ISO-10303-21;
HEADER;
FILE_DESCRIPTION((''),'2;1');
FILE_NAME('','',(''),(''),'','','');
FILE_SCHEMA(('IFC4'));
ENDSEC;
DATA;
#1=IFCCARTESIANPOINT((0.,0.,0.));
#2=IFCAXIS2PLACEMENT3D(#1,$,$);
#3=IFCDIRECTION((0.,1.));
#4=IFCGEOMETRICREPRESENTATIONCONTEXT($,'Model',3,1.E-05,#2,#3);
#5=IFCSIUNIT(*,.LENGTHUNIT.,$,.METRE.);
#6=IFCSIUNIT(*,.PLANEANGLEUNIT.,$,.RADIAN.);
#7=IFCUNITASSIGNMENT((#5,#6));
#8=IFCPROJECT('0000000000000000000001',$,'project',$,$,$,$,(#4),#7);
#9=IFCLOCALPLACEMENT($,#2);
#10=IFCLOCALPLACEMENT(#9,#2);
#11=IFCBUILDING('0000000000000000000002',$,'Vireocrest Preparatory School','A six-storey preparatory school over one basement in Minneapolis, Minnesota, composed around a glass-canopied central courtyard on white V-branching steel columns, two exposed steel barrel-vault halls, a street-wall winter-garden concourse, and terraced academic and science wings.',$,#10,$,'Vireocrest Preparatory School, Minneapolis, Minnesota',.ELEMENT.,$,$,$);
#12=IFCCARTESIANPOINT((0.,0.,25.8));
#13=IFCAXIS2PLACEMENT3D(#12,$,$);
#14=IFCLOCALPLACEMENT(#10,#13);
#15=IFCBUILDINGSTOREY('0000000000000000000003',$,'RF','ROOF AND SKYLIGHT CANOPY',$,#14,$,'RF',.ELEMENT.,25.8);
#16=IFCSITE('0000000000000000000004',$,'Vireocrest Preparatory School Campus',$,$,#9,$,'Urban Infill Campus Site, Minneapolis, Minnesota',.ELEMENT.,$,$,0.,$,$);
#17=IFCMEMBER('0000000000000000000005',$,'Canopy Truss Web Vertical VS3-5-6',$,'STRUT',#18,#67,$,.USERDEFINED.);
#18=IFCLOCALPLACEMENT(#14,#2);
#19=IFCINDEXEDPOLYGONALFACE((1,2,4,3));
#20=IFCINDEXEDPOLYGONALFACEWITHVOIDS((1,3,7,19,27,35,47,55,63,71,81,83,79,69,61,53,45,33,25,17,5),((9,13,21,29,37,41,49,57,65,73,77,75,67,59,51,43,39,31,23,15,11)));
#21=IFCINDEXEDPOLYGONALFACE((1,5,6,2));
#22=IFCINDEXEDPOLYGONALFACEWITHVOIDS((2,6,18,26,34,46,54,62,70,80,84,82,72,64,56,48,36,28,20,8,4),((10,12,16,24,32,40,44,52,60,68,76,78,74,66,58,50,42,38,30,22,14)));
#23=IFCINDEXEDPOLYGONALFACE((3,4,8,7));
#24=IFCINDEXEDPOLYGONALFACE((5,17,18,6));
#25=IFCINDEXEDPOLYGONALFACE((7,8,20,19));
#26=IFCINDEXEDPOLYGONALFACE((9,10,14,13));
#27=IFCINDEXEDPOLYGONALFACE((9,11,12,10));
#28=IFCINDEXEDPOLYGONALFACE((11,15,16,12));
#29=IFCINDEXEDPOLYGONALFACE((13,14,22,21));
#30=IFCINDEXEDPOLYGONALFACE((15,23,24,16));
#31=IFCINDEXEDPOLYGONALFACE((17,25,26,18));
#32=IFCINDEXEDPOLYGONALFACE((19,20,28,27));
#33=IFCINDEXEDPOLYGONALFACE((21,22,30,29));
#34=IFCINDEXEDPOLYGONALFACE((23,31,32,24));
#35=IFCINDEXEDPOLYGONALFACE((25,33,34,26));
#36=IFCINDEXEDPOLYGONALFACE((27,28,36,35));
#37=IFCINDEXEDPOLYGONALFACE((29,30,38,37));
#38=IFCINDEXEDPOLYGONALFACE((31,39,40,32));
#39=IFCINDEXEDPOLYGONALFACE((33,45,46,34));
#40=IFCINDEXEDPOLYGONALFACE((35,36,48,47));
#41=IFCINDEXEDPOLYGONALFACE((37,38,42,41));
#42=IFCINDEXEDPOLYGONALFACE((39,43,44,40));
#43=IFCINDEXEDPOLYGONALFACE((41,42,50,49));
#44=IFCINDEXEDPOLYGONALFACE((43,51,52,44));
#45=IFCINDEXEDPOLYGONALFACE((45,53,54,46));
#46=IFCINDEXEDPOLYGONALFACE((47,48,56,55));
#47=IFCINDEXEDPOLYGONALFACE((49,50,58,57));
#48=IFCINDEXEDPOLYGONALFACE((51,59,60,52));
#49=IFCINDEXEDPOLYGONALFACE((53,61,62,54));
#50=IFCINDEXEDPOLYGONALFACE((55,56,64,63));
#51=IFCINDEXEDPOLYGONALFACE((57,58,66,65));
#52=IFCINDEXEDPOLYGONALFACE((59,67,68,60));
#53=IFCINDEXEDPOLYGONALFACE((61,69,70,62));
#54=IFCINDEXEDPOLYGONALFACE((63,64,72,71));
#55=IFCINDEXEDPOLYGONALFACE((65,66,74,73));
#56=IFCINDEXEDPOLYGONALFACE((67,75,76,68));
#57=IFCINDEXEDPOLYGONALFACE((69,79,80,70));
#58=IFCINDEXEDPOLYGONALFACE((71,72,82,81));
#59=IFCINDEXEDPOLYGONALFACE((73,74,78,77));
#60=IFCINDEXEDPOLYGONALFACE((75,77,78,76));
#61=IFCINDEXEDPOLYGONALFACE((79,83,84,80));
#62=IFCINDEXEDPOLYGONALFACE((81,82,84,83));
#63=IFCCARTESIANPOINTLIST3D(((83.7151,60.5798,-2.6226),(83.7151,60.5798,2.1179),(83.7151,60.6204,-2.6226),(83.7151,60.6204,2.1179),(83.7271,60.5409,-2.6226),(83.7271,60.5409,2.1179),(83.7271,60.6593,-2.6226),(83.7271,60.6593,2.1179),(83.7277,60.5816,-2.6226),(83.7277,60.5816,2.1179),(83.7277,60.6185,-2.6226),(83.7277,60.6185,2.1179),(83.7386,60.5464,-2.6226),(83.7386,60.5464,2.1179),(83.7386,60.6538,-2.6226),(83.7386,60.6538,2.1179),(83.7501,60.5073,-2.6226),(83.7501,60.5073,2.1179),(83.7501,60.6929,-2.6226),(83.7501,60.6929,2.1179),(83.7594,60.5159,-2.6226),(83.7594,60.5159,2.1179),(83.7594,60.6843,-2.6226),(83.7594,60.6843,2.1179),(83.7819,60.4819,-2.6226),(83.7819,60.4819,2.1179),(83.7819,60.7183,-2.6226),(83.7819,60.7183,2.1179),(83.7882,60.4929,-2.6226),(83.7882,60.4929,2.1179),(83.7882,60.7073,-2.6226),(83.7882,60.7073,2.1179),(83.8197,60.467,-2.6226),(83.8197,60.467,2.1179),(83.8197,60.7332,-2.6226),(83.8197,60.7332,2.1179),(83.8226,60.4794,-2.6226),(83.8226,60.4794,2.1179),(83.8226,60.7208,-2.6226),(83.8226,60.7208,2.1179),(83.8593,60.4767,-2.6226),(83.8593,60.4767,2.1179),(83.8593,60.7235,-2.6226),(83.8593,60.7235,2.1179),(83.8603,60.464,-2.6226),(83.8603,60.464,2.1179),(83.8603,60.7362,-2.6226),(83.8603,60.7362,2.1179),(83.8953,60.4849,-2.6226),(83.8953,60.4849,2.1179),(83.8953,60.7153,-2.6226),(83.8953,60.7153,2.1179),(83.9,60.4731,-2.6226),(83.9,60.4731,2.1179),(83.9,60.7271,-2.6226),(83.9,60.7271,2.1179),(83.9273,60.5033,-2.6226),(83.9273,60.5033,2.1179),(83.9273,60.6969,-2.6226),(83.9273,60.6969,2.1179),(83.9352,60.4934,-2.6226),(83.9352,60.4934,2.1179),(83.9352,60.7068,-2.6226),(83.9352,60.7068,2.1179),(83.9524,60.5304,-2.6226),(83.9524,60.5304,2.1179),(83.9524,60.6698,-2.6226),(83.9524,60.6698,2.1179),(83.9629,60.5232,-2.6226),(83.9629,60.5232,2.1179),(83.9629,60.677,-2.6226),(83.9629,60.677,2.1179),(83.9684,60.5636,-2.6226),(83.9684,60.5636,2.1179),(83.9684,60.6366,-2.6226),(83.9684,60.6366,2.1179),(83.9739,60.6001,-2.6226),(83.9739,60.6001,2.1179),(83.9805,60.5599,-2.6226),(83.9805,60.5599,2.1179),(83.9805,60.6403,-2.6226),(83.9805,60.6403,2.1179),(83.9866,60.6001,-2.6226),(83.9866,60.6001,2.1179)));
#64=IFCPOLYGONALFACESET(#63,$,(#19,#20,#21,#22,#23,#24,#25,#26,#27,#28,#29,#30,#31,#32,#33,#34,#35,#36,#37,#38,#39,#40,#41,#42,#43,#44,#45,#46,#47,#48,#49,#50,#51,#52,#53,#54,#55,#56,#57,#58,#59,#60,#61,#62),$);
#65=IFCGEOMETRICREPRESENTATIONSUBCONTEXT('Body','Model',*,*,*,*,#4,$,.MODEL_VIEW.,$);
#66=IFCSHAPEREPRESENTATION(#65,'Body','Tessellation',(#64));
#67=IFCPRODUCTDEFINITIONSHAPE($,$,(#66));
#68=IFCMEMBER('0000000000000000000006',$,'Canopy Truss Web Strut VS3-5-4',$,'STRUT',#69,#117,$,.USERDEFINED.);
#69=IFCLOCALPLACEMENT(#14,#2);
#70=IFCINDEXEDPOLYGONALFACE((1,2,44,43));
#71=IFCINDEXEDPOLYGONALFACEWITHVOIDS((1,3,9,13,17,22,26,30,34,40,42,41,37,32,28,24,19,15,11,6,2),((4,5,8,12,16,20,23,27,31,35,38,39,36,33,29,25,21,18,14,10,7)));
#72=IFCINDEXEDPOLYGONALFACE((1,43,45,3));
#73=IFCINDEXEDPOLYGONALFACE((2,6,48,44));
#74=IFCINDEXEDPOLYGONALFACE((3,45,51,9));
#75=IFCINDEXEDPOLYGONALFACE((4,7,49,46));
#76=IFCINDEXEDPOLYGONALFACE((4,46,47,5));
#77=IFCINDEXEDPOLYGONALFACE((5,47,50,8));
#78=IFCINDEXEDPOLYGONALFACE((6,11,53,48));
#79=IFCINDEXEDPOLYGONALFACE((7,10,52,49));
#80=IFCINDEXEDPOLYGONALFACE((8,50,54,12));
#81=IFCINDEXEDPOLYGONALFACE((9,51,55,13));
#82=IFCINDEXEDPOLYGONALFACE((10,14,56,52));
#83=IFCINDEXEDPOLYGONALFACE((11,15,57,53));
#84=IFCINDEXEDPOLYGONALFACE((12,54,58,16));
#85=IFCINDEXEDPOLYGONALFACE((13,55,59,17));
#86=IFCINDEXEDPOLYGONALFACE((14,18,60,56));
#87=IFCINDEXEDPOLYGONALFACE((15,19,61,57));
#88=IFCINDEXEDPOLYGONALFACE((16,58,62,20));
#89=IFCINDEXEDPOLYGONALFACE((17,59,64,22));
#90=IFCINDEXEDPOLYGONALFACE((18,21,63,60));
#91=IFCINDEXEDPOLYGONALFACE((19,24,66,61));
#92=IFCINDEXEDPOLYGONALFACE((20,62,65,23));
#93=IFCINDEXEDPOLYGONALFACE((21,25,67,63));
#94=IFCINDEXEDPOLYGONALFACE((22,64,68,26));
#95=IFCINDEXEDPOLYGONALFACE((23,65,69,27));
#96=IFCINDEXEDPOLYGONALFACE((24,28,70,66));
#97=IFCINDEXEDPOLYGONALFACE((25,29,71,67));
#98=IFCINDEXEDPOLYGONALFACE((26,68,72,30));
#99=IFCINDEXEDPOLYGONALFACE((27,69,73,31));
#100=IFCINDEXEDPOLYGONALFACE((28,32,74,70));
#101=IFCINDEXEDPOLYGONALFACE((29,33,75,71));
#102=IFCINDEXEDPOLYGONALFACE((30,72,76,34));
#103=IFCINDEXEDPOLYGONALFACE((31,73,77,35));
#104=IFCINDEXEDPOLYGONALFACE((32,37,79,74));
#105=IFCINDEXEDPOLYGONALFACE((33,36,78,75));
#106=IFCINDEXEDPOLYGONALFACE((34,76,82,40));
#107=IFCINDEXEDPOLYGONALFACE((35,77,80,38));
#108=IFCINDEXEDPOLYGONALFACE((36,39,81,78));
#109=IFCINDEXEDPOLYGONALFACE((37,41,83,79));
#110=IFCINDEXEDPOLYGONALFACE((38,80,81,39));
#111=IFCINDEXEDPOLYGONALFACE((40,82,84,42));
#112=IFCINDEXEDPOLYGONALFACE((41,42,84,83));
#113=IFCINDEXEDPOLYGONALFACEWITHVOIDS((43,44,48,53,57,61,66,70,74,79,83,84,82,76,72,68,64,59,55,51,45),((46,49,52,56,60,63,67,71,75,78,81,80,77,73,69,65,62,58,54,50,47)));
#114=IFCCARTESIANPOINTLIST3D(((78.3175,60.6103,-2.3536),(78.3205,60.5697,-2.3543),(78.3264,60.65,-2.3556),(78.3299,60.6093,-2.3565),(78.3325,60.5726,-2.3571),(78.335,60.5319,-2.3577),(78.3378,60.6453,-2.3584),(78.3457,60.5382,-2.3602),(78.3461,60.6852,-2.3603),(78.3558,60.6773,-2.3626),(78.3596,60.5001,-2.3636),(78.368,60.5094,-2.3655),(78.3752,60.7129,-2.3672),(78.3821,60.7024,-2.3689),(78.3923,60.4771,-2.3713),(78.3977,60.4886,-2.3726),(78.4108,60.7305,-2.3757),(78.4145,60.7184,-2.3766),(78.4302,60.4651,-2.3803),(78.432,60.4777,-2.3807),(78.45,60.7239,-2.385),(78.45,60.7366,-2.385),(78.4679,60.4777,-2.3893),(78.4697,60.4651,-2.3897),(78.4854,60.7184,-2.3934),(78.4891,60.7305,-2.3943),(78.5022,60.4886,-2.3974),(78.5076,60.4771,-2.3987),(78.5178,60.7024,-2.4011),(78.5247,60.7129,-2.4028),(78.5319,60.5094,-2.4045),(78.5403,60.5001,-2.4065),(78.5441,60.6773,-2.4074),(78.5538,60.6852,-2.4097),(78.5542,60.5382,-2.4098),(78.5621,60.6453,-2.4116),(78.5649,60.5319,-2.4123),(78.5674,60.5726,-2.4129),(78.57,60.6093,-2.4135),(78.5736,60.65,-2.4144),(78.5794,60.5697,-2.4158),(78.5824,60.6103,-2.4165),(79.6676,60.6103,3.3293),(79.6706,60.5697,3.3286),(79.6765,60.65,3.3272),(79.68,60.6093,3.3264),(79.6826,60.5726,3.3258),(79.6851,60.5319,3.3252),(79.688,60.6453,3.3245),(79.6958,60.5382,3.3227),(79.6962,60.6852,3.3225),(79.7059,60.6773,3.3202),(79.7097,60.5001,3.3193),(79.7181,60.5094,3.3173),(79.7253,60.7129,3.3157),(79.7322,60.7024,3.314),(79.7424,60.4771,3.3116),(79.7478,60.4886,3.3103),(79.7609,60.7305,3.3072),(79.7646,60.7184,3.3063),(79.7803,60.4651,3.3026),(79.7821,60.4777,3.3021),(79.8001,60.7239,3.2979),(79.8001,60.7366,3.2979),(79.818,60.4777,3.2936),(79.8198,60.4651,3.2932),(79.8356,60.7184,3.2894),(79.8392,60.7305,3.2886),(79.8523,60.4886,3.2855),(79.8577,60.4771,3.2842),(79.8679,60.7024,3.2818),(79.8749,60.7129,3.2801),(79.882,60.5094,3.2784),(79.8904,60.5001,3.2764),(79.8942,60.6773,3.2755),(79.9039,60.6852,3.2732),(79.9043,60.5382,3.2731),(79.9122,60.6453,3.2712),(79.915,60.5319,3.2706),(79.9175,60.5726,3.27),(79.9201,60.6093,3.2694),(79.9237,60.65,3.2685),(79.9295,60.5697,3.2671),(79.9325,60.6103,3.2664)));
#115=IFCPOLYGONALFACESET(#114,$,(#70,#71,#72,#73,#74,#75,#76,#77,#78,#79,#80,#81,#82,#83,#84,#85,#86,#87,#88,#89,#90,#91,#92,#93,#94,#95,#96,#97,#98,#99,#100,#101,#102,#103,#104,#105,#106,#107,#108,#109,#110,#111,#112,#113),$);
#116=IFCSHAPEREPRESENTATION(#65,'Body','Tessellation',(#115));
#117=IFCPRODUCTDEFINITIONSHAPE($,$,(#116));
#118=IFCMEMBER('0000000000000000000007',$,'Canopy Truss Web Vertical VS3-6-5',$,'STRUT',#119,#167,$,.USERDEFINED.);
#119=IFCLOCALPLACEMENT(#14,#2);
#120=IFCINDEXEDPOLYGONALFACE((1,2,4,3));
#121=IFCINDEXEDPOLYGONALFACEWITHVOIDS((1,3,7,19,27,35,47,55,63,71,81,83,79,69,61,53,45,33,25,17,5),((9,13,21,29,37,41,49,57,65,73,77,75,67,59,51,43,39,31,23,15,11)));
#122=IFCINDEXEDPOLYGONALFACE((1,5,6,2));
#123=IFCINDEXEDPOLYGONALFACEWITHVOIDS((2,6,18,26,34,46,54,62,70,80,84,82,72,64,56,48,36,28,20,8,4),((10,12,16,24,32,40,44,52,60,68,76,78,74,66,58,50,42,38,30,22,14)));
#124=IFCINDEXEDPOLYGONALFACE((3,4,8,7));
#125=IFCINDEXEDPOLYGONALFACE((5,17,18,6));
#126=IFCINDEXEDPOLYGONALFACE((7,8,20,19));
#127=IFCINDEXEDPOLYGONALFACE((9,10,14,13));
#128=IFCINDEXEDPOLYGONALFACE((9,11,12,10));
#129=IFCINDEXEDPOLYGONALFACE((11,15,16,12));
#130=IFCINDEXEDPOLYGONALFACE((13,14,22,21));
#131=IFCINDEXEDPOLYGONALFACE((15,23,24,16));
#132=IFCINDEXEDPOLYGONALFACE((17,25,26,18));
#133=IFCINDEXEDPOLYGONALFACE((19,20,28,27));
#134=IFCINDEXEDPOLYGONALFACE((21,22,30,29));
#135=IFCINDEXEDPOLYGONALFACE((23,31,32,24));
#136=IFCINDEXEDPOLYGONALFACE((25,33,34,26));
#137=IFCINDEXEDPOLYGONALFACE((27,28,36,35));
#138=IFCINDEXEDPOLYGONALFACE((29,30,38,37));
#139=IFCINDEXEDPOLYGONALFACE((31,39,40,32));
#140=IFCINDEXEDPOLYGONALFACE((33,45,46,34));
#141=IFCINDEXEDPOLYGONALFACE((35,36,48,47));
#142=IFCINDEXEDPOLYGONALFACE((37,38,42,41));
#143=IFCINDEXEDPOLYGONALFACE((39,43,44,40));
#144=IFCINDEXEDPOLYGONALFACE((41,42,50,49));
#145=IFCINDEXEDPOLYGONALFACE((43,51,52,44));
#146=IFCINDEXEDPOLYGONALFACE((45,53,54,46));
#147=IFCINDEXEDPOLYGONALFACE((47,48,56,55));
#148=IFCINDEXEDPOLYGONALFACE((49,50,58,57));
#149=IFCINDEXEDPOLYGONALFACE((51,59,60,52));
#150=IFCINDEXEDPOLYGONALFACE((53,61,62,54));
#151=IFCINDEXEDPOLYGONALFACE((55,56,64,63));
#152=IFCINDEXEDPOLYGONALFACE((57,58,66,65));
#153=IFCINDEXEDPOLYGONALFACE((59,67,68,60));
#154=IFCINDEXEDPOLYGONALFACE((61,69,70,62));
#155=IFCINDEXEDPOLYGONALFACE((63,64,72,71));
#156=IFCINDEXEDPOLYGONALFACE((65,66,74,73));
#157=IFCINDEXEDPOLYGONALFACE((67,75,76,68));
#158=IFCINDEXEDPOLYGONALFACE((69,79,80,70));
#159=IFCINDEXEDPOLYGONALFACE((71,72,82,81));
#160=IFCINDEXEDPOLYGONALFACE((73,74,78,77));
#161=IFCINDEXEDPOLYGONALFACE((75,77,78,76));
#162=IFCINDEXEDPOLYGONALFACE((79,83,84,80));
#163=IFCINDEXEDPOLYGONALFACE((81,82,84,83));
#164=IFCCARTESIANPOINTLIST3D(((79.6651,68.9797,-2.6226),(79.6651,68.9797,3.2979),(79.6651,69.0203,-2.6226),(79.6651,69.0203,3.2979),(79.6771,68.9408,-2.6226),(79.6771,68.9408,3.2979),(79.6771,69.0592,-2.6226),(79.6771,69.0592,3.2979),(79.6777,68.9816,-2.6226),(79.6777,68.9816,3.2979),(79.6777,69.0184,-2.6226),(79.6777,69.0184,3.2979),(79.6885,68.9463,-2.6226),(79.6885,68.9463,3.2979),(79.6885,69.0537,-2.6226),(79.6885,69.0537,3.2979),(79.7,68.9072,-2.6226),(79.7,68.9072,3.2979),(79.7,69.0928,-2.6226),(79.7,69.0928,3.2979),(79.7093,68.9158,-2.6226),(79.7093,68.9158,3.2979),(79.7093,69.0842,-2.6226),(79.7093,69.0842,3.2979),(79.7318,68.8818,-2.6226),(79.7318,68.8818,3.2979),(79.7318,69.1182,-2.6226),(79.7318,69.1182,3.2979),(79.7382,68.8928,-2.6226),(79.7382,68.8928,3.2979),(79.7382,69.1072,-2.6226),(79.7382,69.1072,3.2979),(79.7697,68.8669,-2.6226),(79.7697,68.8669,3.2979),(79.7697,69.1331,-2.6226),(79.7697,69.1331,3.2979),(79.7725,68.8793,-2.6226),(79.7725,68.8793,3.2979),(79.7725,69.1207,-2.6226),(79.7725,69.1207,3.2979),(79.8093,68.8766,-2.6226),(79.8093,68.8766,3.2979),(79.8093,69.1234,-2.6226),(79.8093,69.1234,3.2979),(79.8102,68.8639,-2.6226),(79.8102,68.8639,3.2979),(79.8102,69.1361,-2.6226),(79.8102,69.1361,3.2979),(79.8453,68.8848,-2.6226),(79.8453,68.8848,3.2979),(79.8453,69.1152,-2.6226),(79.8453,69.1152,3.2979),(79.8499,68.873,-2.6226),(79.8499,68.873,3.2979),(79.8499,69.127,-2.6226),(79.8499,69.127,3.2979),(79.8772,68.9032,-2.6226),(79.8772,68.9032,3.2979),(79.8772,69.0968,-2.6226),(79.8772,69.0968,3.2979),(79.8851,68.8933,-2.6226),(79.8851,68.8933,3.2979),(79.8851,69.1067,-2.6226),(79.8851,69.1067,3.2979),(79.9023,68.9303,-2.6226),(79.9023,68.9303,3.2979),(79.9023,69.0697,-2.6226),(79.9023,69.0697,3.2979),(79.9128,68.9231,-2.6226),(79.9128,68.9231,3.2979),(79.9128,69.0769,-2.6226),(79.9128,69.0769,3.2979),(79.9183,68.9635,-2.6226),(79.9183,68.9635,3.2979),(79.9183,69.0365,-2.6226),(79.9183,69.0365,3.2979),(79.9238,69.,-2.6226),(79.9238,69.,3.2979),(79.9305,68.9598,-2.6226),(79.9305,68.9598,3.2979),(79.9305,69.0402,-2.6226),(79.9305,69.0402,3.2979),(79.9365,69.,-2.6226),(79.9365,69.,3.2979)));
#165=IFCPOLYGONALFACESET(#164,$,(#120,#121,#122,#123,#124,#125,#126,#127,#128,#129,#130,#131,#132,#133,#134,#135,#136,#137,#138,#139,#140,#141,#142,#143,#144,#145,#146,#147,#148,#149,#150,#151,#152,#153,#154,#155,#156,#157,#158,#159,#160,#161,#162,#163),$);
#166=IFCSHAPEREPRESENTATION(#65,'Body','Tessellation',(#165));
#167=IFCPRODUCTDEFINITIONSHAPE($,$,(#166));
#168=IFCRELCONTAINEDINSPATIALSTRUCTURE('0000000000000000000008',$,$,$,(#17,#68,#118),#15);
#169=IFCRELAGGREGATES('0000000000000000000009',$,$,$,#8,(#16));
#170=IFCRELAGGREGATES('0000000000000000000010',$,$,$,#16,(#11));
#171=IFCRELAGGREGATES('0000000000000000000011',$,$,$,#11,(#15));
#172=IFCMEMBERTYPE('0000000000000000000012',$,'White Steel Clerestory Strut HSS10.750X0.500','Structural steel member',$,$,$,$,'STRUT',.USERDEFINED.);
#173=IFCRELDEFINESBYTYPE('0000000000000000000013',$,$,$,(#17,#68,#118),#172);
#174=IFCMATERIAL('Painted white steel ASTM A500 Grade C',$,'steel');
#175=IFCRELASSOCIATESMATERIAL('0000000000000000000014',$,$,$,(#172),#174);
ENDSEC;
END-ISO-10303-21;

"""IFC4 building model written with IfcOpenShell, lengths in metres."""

from ifc_helpers import new_model, si_unit, direction, frame, origin, origin_2d, place, context, subcontext, project, spatial, hollow_circle, extrude, material, material_profile, profile_set, type_object, element, save


model = new_model("IFC4")

# Units and contexts
model_context = context("Model", 3, precision=1e-05, world=origin(), true_north=direction((0.0, 1.0)))
body_context = subcontext(model_context, "Body", "Model", "MODEL_VIEW")
ifc_project = project(units=[si_unit("LENGTHUNIT", "METRE"), si_unit("PLANEANGLEUNIT", "RADIAN")], contexts=[model_context])

# Site, building, storey
site_placement = place(None, origin())
site = spatial("IfcSite", under=ifc_project, at=site_placement, Name="Vireocrest Preparatory School Campus", LongName="Urban Infill Campus Site, Minneapolis, Minnesota", CompositionType="ELEMENT", RefElevation=0.0)
building_placement = place(site_placement, origin())
building = spatial("IfcBuilding", under=site, at=building_placement, Name="Vireocrest Preparatory School", Description="A six-storey preparatory school over one basement in Minneapolis, Minnesota, composed around a glass-canopied central courtyard on white V-branching steel columns, two exposed steel barrel-vault halls, a street-wall winter-garden concourse, and terraced academic and science wings.", LongName="Vireocrest Preparatory School, Minneapolis, Minnesota", CompositionType="ELEMENT")
storey_placement = place(building_placement, frame((0.0, 0.0, 25.8)))
storey = spatial("IfcBuildingStorey", under=building, at=storey_placement, Name="RF", Description="ROOF AND SKYLIGHT CANOPY", LongName="RF", CompositionType="ELEMENT", Elevation=25.8)

# Shared definitions
ifc_material_1 = material(Name="Painted white steel ASTM A500 Grade C", Category="steel")

# Members
ifc_material_profile_1 = material_profile(ifc_material_1, hollow_circle(Radius=0.1365, WallThickness=0.0127, at=origin_2d()), Name="HSS10.750X0.500")
ifc_profile_set_1 = profile_set([ifc_material_profile_1], Name="Painted white steel ASTM A500 Grade C")
member_type_1 = type_object("IfcMemberType", Name="White Steel Clerestory Strut HSS10.750X0.500", Description="Structural steel member", ElementType="STRUT", PredefinedType="USERDEFINED", material=ifc_profile_set_1)
member_1_placement = place(storey_placement, frame((83.8501, 60.6001, -2.6226), z_axis=(0.0, 0.0, 1.0), x_axis=(1.0, 0.0, 0.0)))
element("IfcMember", 1, at=member_1_placement, inside=storey, type_object=member_type_1, Name="Canopy Truss Web Vertical VS3-5-6", ObjectType="STRUT", PredefinedType="USERDEFINED", context=body_context, shape_type="SweptSolid", body=[
    extrude(hollow_circle(Radius=0.1365, WallThickness=0.0127, at=origin_2d()), origin(), (0.0, 0.0, 1.0), 4.7405),
])
member_2_placement = place(storey_placement, frame((78.45, 60.6001, -2.385), z_axis=(0.23114, 0.0, 0.97292), x_axis=(0.0, 1.0, 0.0)))
element("IfcMember", 2, at=member_2_placement, inside=storey, type_object=member_type_1, Name="Canopy Truss Web Strut VS3-5-4", ObjectType="STRUT", PredefinedType="USERDEFINED", context=body_context, shape_type="SweptSolid", body=[
    extrude(hollow_circle(Radius=0.1365, WallThickness=0.0127, at=origin_2d()), origin(), (0.0, 0.0, 1.0), 5.8411),
])
member_3_placement = place(storey_placement, frame((79.8, 69.0, -2.6226), z_axis=(0.0, 0.0, 1.0), x_axis=(1.0, 0.0, 0.0)))
element("IfcMember", 3, at=member_3_placement, inside=storey, type_object=member_type_1, Name="Canopy Truss Web Vertical VS3-6-5", ObjectType="STRUT", PredefinedType="USERDEFINED", context=body_context, shape_type="SweptSolid", body=[
    extrude(hollow_circle(Radius=0.1365, WallThickness=0.0127, at=origin_2d()), origin(), (0.0, 0.0, 1.0), 5.9204),
])

save(model, "model.ifc")
